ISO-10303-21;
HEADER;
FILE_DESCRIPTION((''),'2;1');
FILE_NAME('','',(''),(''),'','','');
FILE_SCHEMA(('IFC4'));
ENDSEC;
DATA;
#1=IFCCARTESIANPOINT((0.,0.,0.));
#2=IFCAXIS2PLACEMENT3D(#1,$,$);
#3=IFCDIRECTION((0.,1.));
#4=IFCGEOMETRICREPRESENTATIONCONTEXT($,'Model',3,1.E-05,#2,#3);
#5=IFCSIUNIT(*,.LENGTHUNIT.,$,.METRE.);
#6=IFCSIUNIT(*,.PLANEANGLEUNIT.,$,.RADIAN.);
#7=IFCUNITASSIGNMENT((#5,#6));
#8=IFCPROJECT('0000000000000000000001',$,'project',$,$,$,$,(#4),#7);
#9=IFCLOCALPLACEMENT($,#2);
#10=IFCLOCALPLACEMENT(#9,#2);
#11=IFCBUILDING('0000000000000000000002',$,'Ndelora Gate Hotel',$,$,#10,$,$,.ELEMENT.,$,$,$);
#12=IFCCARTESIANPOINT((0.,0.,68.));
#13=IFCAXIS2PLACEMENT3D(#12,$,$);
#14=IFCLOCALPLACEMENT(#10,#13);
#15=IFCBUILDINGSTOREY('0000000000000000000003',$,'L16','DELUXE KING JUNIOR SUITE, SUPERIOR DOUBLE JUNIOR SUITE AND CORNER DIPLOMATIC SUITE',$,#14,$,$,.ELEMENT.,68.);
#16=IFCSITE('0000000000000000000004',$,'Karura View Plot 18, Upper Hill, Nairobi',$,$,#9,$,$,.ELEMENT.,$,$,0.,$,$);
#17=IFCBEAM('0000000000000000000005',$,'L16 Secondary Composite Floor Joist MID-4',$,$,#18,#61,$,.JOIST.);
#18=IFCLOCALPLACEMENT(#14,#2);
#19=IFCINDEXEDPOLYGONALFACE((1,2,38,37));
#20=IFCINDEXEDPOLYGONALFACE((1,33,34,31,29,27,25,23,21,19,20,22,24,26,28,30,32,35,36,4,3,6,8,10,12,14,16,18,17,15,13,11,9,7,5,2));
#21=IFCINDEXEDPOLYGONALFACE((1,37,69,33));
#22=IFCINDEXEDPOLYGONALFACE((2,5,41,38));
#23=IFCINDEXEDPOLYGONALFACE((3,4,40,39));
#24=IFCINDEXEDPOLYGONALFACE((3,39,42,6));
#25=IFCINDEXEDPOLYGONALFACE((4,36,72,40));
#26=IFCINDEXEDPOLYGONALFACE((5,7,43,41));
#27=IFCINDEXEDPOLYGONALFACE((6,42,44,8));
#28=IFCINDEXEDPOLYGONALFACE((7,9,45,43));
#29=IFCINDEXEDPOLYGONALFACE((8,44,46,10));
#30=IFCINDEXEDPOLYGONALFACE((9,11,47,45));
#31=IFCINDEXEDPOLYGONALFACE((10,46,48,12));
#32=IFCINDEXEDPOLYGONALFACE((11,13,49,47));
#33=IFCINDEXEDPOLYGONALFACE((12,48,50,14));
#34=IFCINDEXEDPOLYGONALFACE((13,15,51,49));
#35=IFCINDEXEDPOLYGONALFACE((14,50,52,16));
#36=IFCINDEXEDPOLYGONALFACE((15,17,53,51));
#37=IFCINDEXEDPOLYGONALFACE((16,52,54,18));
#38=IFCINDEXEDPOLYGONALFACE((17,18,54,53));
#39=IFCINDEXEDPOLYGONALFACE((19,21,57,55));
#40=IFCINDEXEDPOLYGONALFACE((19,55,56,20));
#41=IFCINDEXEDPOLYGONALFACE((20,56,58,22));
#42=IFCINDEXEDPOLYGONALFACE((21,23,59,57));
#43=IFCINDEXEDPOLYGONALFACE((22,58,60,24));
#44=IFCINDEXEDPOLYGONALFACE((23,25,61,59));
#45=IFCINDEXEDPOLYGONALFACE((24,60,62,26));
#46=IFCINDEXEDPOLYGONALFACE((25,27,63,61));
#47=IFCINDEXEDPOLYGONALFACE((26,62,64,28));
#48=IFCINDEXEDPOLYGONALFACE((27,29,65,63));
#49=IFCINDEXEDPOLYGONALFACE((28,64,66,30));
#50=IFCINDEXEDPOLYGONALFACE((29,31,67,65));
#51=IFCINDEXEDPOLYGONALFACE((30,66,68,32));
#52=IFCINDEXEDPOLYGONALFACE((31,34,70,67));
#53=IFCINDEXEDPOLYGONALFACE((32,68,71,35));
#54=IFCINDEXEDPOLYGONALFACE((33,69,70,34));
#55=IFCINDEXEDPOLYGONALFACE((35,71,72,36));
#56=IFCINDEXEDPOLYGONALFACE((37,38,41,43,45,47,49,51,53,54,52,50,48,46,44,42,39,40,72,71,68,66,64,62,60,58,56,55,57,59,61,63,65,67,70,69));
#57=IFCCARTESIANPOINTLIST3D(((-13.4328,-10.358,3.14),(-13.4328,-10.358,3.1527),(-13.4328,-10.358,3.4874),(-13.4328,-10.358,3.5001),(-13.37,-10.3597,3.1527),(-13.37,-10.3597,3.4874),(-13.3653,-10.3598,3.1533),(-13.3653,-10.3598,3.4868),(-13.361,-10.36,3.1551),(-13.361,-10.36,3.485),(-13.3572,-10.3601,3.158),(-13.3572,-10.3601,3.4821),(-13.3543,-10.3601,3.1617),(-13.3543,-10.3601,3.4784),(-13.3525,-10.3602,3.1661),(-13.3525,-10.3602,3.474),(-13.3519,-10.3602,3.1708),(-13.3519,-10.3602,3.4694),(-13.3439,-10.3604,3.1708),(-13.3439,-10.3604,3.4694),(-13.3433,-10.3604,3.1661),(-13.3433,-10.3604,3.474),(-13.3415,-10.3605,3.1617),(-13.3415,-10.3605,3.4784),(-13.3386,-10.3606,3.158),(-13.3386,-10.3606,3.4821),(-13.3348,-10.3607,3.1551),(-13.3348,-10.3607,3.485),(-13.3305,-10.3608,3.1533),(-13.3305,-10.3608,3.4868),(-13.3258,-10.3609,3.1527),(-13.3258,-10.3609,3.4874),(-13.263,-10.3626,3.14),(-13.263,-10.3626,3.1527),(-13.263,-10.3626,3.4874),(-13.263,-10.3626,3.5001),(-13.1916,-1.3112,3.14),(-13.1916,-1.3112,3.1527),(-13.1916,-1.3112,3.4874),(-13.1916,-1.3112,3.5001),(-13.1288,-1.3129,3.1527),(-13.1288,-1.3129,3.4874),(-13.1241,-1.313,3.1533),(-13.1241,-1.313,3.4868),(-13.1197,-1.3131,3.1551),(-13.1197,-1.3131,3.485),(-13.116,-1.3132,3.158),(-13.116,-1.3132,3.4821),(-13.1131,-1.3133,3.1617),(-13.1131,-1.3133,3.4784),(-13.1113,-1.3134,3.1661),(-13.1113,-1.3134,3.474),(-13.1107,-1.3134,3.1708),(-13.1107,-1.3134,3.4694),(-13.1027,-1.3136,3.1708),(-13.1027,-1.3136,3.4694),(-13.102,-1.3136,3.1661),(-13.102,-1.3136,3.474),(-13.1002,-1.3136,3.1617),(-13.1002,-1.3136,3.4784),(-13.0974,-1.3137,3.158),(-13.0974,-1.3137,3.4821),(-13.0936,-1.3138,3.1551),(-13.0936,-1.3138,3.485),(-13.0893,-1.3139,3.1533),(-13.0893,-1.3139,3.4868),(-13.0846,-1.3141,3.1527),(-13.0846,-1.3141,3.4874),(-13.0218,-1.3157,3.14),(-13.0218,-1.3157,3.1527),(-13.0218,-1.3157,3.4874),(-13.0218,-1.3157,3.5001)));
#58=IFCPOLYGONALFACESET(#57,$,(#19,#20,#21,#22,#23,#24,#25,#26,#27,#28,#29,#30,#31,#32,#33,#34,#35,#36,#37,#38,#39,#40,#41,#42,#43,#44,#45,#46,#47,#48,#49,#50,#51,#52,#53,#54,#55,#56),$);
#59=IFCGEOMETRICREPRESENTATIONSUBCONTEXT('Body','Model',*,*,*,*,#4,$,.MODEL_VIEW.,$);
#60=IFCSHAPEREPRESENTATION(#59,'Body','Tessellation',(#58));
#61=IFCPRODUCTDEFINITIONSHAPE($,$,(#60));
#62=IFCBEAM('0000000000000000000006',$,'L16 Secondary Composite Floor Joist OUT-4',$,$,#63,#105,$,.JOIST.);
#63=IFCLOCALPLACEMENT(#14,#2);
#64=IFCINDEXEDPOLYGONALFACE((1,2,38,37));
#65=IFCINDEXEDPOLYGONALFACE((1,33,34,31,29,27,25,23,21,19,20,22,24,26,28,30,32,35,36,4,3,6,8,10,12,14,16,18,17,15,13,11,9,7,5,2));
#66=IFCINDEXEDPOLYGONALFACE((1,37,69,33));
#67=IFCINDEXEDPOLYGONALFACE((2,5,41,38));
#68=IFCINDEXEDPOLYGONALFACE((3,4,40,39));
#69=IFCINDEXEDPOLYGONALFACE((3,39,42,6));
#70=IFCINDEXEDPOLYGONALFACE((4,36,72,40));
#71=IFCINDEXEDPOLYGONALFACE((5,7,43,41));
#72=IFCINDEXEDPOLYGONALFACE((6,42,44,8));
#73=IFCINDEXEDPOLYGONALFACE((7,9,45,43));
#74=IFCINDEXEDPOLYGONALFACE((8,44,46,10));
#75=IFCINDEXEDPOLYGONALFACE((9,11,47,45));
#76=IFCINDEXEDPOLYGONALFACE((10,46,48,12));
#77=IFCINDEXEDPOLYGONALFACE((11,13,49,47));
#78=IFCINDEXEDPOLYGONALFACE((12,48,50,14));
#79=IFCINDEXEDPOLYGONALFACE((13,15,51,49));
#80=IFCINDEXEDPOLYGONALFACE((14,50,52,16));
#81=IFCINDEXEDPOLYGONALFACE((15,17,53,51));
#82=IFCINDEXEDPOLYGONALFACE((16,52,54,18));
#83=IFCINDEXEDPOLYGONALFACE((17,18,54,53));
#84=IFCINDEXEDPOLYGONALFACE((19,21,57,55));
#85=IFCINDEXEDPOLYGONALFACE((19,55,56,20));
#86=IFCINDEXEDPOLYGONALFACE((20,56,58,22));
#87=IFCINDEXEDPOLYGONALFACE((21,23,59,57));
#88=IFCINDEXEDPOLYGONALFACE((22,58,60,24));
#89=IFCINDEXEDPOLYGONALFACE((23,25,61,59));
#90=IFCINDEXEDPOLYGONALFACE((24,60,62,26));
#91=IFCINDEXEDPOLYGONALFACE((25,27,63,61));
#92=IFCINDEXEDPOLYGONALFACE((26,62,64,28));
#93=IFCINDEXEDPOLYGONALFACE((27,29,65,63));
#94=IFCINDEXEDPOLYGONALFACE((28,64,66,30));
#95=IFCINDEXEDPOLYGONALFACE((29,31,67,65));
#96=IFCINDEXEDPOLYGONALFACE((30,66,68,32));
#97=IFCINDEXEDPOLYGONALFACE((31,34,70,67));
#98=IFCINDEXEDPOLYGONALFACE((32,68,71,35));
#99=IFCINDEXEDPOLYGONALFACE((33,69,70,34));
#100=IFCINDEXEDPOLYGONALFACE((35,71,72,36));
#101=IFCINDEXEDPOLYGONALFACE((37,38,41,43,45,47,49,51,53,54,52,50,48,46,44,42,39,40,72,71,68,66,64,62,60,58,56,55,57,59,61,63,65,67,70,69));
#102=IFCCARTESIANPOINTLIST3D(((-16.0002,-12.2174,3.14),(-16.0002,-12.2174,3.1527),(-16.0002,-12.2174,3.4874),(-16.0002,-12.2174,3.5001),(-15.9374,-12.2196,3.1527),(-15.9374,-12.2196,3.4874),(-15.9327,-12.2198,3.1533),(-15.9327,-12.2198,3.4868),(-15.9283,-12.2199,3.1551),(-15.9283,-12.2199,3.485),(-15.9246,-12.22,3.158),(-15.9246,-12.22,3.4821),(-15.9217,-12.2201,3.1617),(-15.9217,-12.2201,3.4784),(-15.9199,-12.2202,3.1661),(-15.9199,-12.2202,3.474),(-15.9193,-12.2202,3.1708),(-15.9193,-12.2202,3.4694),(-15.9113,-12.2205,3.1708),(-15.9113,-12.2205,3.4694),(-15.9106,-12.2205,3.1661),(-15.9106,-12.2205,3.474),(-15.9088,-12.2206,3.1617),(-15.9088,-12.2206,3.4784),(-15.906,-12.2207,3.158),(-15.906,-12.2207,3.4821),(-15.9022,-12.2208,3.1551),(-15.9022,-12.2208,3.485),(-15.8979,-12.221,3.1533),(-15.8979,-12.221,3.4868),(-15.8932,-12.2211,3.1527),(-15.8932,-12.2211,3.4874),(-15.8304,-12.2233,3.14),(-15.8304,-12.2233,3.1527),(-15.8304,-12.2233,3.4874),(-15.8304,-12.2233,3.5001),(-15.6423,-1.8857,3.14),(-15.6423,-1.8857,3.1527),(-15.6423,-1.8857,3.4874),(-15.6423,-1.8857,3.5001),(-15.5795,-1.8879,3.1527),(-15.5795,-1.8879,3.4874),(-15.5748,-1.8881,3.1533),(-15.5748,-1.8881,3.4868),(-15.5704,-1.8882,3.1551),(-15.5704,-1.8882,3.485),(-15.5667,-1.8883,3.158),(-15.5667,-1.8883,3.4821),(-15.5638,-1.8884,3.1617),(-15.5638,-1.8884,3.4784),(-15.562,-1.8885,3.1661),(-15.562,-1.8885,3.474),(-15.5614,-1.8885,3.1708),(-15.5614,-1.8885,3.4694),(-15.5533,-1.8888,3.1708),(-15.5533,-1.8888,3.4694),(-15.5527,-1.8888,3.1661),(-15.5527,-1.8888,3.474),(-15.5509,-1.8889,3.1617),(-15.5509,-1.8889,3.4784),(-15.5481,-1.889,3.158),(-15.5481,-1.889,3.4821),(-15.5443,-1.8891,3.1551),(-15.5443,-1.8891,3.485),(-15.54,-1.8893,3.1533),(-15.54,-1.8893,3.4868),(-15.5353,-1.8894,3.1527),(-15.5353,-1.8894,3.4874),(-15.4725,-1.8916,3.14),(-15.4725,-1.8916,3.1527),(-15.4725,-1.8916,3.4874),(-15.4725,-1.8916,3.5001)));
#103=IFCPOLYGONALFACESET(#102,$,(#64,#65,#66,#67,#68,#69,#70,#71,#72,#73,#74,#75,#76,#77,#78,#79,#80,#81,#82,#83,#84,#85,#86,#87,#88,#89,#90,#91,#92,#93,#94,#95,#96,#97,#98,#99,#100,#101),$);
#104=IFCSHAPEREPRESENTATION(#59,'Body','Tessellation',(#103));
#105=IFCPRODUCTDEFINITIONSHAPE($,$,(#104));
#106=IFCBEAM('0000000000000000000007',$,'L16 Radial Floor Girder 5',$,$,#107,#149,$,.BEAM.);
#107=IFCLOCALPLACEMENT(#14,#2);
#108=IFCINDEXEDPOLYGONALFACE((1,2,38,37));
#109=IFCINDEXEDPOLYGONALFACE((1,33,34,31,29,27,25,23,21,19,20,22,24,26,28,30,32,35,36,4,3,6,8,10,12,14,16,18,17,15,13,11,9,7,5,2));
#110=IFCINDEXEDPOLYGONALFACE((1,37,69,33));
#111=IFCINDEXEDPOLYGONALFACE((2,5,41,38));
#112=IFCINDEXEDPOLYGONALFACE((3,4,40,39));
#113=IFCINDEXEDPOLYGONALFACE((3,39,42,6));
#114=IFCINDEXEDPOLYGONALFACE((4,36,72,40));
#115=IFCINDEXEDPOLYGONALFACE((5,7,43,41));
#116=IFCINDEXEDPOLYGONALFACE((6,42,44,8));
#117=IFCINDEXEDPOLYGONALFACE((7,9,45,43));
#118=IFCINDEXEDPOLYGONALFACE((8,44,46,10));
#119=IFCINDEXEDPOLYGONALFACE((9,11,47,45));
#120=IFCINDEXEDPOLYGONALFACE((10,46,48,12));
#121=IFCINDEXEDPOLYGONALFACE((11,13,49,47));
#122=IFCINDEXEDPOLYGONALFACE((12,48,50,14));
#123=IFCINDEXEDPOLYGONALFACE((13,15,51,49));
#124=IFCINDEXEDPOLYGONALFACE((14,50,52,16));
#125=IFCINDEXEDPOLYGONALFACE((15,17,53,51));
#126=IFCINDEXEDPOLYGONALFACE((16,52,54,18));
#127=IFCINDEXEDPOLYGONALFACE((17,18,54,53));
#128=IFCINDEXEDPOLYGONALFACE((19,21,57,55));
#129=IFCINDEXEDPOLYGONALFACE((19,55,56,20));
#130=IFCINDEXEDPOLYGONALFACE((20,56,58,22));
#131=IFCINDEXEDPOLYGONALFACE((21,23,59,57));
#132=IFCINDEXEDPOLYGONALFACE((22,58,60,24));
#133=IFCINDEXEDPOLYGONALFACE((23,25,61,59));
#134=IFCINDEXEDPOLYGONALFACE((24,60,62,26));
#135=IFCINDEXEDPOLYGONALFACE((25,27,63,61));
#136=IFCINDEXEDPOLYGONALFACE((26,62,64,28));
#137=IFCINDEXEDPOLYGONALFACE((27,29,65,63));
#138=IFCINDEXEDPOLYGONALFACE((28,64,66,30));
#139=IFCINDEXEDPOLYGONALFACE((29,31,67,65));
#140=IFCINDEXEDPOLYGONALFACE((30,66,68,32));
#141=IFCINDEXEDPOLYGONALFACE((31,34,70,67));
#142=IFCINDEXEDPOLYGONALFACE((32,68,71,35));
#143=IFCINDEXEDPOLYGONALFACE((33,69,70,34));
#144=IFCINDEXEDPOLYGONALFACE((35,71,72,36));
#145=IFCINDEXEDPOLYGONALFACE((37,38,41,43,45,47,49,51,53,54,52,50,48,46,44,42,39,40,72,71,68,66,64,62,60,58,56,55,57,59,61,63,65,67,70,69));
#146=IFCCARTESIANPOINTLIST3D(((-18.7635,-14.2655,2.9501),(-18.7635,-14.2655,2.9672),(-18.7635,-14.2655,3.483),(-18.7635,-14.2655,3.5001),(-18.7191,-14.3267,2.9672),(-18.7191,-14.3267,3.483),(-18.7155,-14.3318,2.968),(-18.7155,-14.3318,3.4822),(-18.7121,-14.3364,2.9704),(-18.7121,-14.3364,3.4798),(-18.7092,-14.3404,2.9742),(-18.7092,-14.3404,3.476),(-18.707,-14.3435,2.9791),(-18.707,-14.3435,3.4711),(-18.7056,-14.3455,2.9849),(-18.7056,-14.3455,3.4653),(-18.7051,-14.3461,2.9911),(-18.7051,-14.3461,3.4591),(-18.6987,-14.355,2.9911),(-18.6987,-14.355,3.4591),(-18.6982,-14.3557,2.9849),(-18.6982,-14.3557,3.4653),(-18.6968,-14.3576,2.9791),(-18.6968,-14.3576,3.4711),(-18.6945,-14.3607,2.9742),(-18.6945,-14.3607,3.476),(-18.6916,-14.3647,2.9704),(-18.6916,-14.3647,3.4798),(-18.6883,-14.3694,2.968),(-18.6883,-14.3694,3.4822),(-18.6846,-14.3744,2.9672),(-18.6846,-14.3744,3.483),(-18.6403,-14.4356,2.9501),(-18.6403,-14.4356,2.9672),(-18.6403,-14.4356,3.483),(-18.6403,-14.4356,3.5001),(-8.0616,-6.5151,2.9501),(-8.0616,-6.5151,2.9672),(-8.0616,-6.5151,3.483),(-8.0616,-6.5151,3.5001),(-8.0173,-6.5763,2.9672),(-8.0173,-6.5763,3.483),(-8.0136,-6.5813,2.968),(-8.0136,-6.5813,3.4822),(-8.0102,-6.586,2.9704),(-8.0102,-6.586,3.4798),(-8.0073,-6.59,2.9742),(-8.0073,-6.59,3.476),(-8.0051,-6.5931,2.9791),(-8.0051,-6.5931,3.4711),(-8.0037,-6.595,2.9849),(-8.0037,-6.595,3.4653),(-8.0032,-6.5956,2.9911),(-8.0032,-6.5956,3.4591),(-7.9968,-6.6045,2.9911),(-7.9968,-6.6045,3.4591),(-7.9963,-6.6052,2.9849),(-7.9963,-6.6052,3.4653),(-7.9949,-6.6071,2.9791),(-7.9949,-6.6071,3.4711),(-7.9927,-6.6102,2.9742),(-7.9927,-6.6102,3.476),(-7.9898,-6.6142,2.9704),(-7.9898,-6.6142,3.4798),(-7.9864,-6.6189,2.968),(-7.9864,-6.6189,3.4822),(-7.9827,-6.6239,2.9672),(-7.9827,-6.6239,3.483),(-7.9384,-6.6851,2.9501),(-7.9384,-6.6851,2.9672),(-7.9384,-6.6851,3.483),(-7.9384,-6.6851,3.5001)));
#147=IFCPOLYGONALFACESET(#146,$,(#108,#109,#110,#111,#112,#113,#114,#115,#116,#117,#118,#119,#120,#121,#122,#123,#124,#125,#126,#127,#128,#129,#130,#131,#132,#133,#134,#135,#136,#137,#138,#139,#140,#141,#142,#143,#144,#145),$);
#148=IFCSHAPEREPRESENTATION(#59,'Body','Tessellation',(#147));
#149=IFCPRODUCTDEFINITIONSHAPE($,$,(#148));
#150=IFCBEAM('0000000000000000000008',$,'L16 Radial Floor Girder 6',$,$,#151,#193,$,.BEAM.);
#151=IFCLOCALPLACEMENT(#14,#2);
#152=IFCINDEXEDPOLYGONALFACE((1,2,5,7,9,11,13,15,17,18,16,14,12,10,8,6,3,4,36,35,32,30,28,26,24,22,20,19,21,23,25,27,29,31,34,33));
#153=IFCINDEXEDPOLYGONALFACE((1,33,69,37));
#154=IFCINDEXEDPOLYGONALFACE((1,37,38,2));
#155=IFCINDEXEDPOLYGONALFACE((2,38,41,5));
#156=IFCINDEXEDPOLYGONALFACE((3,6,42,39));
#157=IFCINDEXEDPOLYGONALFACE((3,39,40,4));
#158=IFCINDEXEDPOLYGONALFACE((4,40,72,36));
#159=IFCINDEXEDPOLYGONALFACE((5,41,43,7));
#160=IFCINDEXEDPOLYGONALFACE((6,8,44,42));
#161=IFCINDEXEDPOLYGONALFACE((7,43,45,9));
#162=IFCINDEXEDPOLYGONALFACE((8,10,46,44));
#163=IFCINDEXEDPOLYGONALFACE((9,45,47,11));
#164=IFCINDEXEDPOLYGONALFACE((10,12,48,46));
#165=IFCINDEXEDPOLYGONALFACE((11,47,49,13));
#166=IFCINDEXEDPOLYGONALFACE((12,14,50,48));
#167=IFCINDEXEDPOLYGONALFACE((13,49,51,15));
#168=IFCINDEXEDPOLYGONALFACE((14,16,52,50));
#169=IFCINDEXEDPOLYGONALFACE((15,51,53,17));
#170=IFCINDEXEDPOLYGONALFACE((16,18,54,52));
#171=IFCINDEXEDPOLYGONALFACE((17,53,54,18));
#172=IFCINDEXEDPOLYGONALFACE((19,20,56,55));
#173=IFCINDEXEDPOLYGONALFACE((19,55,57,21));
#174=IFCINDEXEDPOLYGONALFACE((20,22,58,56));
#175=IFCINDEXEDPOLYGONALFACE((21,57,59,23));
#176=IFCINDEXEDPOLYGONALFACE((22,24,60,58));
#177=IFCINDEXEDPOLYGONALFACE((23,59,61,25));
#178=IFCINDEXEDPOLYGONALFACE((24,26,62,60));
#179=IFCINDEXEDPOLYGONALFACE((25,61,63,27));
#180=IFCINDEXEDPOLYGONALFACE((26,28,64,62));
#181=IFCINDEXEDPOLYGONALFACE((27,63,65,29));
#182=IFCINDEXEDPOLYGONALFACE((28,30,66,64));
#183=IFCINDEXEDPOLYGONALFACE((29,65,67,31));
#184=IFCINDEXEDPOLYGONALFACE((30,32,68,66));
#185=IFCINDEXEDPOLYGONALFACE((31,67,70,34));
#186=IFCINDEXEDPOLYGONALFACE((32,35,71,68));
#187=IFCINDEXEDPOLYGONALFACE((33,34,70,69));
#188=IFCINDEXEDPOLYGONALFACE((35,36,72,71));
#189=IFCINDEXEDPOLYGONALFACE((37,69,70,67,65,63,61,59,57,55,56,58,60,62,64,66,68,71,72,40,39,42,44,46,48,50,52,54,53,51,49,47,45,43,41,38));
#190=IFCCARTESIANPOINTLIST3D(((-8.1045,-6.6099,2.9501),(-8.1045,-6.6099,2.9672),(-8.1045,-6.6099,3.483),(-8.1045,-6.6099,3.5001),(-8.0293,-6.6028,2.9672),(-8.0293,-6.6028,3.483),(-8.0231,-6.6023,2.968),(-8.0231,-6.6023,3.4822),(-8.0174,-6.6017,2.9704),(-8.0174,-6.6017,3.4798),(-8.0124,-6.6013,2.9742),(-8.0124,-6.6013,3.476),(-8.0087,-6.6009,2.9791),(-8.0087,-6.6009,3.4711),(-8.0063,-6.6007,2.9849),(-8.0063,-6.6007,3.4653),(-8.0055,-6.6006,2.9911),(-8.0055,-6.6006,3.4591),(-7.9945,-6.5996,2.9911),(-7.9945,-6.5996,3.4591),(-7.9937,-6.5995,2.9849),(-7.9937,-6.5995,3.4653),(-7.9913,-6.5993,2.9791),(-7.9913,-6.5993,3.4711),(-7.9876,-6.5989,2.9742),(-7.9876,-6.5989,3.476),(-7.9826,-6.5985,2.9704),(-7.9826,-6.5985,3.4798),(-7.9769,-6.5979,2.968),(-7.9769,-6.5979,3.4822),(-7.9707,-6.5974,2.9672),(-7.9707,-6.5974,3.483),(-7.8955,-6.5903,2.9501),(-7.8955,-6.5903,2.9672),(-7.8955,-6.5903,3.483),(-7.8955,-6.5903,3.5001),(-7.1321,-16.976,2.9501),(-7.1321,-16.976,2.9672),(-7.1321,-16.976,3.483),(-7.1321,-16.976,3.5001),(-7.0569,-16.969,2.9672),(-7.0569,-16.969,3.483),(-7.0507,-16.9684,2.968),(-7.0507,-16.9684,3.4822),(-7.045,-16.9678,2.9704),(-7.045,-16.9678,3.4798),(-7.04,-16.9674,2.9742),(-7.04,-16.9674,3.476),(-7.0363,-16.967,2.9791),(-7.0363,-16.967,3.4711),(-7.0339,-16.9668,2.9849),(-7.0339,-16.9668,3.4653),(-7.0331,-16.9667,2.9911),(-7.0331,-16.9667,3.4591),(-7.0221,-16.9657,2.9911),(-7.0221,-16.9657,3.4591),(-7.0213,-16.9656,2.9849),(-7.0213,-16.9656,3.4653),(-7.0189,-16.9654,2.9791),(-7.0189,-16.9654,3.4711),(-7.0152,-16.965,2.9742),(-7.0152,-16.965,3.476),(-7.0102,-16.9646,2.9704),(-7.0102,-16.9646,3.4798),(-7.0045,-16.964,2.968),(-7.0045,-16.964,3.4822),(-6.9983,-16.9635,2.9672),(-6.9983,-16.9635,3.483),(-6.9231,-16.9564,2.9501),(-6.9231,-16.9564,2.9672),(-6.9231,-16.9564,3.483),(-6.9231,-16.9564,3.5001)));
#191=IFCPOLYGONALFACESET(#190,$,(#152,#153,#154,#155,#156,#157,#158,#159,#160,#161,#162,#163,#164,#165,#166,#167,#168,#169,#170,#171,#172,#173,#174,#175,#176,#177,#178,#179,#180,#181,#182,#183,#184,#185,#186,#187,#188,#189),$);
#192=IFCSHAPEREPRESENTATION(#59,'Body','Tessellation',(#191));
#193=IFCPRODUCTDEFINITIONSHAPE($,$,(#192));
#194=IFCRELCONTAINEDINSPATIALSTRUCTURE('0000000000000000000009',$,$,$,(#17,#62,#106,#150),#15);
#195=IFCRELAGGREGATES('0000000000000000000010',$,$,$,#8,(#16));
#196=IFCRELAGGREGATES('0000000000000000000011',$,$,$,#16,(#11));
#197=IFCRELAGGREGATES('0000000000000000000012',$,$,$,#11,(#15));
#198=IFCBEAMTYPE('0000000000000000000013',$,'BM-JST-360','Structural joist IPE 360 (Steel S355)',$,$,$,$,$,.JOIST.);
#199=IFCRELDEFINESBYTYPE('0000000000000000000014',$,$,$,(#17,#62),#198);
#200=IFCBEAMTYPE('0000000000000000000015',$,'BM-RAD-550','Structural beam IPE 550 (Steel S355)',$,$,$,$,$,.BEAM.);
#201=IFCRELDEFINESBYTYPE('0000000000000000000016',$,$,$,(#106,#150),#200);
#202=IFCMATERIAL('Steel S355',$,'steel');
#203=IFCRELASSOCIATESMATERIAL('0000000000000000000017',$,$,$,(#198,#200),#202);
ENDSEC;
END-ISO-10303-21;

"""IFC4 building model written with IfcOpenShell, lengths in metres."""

from ifc_helpers import new_model, si_unit, direction, frame, origin, origin_2d, place, context, subcontext, project, spatial, i_section, extrude, material, material_profile, profile_set, type_object, element, save


model = new_model("IFC4")

# Units and contexts
model_context = context("Model", 3, precision=1e-05, world=origin(), true_north=direction((0.0, 1.0)))
body_context = subcontext(model_context, "Body", "Model", "MODEL_VIEW")
ifc_project = project(units=[si_unit("LENGTHUNIT", "METRE"), si_unit("PLANEANGLEUNIT", "RADIAN")], contexts=[model_context])

# Site, building, storey
site_placement = place(None, origin())
site = spatial("IfcSite", under=ifc_project, at=site_placement, Name="Karura View Plot 18, Upper Hill, Nairobi", CompositionType="ELEMENT", RefElevation=0.0)
building_placement = place(site_placement, origin())
building = spatial("IfcBuilding", under=site, at=building_placement, Name="Ndelora Gate Hotel", CompositionType="ELEMENT")
storey_placement = place(building_placement, frame((0.0, 0.0, 68.0)))
storey = spatial("IfcBuildingStorey", under=building, at=storey_placement, Name="L16", Description="DELUXE KING JUNIOR SUITE, SUPERIOR DOUBLE JUNIOR SUITE AND CORNER DIPLOMATIC SUITE", CompositionType="ELEMENT", Elevation=68.0)

# Beams
ifc_material_1 = material(Name="Steel S355", Category="steel")
ifc_material_profile_1 = material_profile(ifc_material_1, i_section(OverallWidth=0.1699, OverallDepth=0.3601, WebThickness=0.0081, FlangeThickness=0.0127, FilletRadius=0.0181, at=origin_2d()), Name="IPE 360")
ifc_profile_set_1 = profile_set([ifc_material_profile_1], Name="Steel S355")
beam_type_1 = type_object("IfcBeamType", Name="BM-JST-360", Description="Structural joist IPE 360 (Steel S355)", PredefinedType="JOIST", material=ifc_profile_set_1)
beam_1_placement = place(storey_placement, frame((-13.1067, -1.3135, 3.3201), z_axis=(-0.026653, -0.999645, 0.0), x_axis=(0.999645, -0.026653, 0.0)))
element("IfcBeam", 1, at=beam_1_placement, inside=storey, type_object=beam_type_1, Name="L16 Secondary Composite Floor Joist MID-4", PredefinedType="JOIST", context=body_context, shape_type="SweptSolid", body=[
    extrude(i_section(OverallWidth=0.1699, OverallDepth=0.3601, WebThickness=0.0081, FlangeThickness=0.0127, FilletRadius=0.0181, at=origin_2d()), origin(), (0.0, 0.0, 1.0), 9.05),
])
beam_2_placement = place(storey_placement, frame((-15.5574, -1.8887, 3.3201), z_axis=(-0.034621, -0.999401, 0.0), x_axis=(0.999401, -0.034621, 0.0)))
element("IfcBeam", 2, at=beam_2_placement, inside=storey, type_object=beam_type_1, Name="L16 Secondary Composite Floor Joist OUT-4", PredefinedType="JOIST", context=body_context, shape_type="SweptSolid", body=[
    extrude(i_section(OverallWidth=0.1699, OverallDepth=0.3601, WebThickness=0.0081, FlangeThickness=0.0127, FilletRadius=0.0181, at=origin_2d()), origin(), (0.0, 0.0, 1.0), 10.3379),
])
ifc_material_profile_2 = material_profile(ifc_material_1, i_section(OverallWidth=0.21, OverallDepth=0.55, WebThickness=0.011, FlangeThickness=0.0171, FilletRadius=0.0239, at=origin_2d()), Name="IPE 550")
ifc_profile_set_2 = profile_set([ifc_material_profile_2], Name="Steel S355")
beam_type_2 = type_object("IfcBeamType", Name="BM-RAD-550", Description="Structural beam IPE 550 (Steel S355)", PredefinedType="BEAM", material=ifc_profile_set_2)
beam_3_placement = place(storey_placement, frame((-8.0, -6.6001, 3.2251), z_axis=(-0.809912, -0.586551, 0.0), x_axis=(0.586551, -0.809912, 0.0)))
element("IfcBeam", 3, at=beam_3_placement, inside=storey, type_object=beam_type_2, Name="L16 Radial Floor Girder 5", PredefinedType="BEAM", context=body_context, shape_type="SweptSolid", body=[
    extrude(i_section(OverallWidth=0.21, OverallDepth=0.55, WebThickness=0.011, FlangeThickness=0.0171, FilletRadius=0.0239, at=origin_2d()), origin(), (0.0, 0.0, 1.0), 13.2136),
])
beam_4_placement = place(storey_placement, frame((-8.0, -6.6001, 3.2251), z_axis=(0.093396, -0.995629, 0.0), x_axis=(0.995629, 0.093396, 0.0)))
element("IfcBeam", 4, at=beam_4_placement, inside=storey, type_object=beam_type_2, Name="L16 Radial Floor Girder 6", PredefinedType="BEAM", context=body_context, shape_type="SweptSolid", body=[
    extrude(i_section(OverallWidth=0.21, OverallDepth=0.55, WebThickness=0.011, FlangeThickness=0.0171, FilletRadius=0.0239, at=origin_2d()), origin(), (0.0, 0.0, 1.0), 10.4116),
])

save(model, "model.ifc")
